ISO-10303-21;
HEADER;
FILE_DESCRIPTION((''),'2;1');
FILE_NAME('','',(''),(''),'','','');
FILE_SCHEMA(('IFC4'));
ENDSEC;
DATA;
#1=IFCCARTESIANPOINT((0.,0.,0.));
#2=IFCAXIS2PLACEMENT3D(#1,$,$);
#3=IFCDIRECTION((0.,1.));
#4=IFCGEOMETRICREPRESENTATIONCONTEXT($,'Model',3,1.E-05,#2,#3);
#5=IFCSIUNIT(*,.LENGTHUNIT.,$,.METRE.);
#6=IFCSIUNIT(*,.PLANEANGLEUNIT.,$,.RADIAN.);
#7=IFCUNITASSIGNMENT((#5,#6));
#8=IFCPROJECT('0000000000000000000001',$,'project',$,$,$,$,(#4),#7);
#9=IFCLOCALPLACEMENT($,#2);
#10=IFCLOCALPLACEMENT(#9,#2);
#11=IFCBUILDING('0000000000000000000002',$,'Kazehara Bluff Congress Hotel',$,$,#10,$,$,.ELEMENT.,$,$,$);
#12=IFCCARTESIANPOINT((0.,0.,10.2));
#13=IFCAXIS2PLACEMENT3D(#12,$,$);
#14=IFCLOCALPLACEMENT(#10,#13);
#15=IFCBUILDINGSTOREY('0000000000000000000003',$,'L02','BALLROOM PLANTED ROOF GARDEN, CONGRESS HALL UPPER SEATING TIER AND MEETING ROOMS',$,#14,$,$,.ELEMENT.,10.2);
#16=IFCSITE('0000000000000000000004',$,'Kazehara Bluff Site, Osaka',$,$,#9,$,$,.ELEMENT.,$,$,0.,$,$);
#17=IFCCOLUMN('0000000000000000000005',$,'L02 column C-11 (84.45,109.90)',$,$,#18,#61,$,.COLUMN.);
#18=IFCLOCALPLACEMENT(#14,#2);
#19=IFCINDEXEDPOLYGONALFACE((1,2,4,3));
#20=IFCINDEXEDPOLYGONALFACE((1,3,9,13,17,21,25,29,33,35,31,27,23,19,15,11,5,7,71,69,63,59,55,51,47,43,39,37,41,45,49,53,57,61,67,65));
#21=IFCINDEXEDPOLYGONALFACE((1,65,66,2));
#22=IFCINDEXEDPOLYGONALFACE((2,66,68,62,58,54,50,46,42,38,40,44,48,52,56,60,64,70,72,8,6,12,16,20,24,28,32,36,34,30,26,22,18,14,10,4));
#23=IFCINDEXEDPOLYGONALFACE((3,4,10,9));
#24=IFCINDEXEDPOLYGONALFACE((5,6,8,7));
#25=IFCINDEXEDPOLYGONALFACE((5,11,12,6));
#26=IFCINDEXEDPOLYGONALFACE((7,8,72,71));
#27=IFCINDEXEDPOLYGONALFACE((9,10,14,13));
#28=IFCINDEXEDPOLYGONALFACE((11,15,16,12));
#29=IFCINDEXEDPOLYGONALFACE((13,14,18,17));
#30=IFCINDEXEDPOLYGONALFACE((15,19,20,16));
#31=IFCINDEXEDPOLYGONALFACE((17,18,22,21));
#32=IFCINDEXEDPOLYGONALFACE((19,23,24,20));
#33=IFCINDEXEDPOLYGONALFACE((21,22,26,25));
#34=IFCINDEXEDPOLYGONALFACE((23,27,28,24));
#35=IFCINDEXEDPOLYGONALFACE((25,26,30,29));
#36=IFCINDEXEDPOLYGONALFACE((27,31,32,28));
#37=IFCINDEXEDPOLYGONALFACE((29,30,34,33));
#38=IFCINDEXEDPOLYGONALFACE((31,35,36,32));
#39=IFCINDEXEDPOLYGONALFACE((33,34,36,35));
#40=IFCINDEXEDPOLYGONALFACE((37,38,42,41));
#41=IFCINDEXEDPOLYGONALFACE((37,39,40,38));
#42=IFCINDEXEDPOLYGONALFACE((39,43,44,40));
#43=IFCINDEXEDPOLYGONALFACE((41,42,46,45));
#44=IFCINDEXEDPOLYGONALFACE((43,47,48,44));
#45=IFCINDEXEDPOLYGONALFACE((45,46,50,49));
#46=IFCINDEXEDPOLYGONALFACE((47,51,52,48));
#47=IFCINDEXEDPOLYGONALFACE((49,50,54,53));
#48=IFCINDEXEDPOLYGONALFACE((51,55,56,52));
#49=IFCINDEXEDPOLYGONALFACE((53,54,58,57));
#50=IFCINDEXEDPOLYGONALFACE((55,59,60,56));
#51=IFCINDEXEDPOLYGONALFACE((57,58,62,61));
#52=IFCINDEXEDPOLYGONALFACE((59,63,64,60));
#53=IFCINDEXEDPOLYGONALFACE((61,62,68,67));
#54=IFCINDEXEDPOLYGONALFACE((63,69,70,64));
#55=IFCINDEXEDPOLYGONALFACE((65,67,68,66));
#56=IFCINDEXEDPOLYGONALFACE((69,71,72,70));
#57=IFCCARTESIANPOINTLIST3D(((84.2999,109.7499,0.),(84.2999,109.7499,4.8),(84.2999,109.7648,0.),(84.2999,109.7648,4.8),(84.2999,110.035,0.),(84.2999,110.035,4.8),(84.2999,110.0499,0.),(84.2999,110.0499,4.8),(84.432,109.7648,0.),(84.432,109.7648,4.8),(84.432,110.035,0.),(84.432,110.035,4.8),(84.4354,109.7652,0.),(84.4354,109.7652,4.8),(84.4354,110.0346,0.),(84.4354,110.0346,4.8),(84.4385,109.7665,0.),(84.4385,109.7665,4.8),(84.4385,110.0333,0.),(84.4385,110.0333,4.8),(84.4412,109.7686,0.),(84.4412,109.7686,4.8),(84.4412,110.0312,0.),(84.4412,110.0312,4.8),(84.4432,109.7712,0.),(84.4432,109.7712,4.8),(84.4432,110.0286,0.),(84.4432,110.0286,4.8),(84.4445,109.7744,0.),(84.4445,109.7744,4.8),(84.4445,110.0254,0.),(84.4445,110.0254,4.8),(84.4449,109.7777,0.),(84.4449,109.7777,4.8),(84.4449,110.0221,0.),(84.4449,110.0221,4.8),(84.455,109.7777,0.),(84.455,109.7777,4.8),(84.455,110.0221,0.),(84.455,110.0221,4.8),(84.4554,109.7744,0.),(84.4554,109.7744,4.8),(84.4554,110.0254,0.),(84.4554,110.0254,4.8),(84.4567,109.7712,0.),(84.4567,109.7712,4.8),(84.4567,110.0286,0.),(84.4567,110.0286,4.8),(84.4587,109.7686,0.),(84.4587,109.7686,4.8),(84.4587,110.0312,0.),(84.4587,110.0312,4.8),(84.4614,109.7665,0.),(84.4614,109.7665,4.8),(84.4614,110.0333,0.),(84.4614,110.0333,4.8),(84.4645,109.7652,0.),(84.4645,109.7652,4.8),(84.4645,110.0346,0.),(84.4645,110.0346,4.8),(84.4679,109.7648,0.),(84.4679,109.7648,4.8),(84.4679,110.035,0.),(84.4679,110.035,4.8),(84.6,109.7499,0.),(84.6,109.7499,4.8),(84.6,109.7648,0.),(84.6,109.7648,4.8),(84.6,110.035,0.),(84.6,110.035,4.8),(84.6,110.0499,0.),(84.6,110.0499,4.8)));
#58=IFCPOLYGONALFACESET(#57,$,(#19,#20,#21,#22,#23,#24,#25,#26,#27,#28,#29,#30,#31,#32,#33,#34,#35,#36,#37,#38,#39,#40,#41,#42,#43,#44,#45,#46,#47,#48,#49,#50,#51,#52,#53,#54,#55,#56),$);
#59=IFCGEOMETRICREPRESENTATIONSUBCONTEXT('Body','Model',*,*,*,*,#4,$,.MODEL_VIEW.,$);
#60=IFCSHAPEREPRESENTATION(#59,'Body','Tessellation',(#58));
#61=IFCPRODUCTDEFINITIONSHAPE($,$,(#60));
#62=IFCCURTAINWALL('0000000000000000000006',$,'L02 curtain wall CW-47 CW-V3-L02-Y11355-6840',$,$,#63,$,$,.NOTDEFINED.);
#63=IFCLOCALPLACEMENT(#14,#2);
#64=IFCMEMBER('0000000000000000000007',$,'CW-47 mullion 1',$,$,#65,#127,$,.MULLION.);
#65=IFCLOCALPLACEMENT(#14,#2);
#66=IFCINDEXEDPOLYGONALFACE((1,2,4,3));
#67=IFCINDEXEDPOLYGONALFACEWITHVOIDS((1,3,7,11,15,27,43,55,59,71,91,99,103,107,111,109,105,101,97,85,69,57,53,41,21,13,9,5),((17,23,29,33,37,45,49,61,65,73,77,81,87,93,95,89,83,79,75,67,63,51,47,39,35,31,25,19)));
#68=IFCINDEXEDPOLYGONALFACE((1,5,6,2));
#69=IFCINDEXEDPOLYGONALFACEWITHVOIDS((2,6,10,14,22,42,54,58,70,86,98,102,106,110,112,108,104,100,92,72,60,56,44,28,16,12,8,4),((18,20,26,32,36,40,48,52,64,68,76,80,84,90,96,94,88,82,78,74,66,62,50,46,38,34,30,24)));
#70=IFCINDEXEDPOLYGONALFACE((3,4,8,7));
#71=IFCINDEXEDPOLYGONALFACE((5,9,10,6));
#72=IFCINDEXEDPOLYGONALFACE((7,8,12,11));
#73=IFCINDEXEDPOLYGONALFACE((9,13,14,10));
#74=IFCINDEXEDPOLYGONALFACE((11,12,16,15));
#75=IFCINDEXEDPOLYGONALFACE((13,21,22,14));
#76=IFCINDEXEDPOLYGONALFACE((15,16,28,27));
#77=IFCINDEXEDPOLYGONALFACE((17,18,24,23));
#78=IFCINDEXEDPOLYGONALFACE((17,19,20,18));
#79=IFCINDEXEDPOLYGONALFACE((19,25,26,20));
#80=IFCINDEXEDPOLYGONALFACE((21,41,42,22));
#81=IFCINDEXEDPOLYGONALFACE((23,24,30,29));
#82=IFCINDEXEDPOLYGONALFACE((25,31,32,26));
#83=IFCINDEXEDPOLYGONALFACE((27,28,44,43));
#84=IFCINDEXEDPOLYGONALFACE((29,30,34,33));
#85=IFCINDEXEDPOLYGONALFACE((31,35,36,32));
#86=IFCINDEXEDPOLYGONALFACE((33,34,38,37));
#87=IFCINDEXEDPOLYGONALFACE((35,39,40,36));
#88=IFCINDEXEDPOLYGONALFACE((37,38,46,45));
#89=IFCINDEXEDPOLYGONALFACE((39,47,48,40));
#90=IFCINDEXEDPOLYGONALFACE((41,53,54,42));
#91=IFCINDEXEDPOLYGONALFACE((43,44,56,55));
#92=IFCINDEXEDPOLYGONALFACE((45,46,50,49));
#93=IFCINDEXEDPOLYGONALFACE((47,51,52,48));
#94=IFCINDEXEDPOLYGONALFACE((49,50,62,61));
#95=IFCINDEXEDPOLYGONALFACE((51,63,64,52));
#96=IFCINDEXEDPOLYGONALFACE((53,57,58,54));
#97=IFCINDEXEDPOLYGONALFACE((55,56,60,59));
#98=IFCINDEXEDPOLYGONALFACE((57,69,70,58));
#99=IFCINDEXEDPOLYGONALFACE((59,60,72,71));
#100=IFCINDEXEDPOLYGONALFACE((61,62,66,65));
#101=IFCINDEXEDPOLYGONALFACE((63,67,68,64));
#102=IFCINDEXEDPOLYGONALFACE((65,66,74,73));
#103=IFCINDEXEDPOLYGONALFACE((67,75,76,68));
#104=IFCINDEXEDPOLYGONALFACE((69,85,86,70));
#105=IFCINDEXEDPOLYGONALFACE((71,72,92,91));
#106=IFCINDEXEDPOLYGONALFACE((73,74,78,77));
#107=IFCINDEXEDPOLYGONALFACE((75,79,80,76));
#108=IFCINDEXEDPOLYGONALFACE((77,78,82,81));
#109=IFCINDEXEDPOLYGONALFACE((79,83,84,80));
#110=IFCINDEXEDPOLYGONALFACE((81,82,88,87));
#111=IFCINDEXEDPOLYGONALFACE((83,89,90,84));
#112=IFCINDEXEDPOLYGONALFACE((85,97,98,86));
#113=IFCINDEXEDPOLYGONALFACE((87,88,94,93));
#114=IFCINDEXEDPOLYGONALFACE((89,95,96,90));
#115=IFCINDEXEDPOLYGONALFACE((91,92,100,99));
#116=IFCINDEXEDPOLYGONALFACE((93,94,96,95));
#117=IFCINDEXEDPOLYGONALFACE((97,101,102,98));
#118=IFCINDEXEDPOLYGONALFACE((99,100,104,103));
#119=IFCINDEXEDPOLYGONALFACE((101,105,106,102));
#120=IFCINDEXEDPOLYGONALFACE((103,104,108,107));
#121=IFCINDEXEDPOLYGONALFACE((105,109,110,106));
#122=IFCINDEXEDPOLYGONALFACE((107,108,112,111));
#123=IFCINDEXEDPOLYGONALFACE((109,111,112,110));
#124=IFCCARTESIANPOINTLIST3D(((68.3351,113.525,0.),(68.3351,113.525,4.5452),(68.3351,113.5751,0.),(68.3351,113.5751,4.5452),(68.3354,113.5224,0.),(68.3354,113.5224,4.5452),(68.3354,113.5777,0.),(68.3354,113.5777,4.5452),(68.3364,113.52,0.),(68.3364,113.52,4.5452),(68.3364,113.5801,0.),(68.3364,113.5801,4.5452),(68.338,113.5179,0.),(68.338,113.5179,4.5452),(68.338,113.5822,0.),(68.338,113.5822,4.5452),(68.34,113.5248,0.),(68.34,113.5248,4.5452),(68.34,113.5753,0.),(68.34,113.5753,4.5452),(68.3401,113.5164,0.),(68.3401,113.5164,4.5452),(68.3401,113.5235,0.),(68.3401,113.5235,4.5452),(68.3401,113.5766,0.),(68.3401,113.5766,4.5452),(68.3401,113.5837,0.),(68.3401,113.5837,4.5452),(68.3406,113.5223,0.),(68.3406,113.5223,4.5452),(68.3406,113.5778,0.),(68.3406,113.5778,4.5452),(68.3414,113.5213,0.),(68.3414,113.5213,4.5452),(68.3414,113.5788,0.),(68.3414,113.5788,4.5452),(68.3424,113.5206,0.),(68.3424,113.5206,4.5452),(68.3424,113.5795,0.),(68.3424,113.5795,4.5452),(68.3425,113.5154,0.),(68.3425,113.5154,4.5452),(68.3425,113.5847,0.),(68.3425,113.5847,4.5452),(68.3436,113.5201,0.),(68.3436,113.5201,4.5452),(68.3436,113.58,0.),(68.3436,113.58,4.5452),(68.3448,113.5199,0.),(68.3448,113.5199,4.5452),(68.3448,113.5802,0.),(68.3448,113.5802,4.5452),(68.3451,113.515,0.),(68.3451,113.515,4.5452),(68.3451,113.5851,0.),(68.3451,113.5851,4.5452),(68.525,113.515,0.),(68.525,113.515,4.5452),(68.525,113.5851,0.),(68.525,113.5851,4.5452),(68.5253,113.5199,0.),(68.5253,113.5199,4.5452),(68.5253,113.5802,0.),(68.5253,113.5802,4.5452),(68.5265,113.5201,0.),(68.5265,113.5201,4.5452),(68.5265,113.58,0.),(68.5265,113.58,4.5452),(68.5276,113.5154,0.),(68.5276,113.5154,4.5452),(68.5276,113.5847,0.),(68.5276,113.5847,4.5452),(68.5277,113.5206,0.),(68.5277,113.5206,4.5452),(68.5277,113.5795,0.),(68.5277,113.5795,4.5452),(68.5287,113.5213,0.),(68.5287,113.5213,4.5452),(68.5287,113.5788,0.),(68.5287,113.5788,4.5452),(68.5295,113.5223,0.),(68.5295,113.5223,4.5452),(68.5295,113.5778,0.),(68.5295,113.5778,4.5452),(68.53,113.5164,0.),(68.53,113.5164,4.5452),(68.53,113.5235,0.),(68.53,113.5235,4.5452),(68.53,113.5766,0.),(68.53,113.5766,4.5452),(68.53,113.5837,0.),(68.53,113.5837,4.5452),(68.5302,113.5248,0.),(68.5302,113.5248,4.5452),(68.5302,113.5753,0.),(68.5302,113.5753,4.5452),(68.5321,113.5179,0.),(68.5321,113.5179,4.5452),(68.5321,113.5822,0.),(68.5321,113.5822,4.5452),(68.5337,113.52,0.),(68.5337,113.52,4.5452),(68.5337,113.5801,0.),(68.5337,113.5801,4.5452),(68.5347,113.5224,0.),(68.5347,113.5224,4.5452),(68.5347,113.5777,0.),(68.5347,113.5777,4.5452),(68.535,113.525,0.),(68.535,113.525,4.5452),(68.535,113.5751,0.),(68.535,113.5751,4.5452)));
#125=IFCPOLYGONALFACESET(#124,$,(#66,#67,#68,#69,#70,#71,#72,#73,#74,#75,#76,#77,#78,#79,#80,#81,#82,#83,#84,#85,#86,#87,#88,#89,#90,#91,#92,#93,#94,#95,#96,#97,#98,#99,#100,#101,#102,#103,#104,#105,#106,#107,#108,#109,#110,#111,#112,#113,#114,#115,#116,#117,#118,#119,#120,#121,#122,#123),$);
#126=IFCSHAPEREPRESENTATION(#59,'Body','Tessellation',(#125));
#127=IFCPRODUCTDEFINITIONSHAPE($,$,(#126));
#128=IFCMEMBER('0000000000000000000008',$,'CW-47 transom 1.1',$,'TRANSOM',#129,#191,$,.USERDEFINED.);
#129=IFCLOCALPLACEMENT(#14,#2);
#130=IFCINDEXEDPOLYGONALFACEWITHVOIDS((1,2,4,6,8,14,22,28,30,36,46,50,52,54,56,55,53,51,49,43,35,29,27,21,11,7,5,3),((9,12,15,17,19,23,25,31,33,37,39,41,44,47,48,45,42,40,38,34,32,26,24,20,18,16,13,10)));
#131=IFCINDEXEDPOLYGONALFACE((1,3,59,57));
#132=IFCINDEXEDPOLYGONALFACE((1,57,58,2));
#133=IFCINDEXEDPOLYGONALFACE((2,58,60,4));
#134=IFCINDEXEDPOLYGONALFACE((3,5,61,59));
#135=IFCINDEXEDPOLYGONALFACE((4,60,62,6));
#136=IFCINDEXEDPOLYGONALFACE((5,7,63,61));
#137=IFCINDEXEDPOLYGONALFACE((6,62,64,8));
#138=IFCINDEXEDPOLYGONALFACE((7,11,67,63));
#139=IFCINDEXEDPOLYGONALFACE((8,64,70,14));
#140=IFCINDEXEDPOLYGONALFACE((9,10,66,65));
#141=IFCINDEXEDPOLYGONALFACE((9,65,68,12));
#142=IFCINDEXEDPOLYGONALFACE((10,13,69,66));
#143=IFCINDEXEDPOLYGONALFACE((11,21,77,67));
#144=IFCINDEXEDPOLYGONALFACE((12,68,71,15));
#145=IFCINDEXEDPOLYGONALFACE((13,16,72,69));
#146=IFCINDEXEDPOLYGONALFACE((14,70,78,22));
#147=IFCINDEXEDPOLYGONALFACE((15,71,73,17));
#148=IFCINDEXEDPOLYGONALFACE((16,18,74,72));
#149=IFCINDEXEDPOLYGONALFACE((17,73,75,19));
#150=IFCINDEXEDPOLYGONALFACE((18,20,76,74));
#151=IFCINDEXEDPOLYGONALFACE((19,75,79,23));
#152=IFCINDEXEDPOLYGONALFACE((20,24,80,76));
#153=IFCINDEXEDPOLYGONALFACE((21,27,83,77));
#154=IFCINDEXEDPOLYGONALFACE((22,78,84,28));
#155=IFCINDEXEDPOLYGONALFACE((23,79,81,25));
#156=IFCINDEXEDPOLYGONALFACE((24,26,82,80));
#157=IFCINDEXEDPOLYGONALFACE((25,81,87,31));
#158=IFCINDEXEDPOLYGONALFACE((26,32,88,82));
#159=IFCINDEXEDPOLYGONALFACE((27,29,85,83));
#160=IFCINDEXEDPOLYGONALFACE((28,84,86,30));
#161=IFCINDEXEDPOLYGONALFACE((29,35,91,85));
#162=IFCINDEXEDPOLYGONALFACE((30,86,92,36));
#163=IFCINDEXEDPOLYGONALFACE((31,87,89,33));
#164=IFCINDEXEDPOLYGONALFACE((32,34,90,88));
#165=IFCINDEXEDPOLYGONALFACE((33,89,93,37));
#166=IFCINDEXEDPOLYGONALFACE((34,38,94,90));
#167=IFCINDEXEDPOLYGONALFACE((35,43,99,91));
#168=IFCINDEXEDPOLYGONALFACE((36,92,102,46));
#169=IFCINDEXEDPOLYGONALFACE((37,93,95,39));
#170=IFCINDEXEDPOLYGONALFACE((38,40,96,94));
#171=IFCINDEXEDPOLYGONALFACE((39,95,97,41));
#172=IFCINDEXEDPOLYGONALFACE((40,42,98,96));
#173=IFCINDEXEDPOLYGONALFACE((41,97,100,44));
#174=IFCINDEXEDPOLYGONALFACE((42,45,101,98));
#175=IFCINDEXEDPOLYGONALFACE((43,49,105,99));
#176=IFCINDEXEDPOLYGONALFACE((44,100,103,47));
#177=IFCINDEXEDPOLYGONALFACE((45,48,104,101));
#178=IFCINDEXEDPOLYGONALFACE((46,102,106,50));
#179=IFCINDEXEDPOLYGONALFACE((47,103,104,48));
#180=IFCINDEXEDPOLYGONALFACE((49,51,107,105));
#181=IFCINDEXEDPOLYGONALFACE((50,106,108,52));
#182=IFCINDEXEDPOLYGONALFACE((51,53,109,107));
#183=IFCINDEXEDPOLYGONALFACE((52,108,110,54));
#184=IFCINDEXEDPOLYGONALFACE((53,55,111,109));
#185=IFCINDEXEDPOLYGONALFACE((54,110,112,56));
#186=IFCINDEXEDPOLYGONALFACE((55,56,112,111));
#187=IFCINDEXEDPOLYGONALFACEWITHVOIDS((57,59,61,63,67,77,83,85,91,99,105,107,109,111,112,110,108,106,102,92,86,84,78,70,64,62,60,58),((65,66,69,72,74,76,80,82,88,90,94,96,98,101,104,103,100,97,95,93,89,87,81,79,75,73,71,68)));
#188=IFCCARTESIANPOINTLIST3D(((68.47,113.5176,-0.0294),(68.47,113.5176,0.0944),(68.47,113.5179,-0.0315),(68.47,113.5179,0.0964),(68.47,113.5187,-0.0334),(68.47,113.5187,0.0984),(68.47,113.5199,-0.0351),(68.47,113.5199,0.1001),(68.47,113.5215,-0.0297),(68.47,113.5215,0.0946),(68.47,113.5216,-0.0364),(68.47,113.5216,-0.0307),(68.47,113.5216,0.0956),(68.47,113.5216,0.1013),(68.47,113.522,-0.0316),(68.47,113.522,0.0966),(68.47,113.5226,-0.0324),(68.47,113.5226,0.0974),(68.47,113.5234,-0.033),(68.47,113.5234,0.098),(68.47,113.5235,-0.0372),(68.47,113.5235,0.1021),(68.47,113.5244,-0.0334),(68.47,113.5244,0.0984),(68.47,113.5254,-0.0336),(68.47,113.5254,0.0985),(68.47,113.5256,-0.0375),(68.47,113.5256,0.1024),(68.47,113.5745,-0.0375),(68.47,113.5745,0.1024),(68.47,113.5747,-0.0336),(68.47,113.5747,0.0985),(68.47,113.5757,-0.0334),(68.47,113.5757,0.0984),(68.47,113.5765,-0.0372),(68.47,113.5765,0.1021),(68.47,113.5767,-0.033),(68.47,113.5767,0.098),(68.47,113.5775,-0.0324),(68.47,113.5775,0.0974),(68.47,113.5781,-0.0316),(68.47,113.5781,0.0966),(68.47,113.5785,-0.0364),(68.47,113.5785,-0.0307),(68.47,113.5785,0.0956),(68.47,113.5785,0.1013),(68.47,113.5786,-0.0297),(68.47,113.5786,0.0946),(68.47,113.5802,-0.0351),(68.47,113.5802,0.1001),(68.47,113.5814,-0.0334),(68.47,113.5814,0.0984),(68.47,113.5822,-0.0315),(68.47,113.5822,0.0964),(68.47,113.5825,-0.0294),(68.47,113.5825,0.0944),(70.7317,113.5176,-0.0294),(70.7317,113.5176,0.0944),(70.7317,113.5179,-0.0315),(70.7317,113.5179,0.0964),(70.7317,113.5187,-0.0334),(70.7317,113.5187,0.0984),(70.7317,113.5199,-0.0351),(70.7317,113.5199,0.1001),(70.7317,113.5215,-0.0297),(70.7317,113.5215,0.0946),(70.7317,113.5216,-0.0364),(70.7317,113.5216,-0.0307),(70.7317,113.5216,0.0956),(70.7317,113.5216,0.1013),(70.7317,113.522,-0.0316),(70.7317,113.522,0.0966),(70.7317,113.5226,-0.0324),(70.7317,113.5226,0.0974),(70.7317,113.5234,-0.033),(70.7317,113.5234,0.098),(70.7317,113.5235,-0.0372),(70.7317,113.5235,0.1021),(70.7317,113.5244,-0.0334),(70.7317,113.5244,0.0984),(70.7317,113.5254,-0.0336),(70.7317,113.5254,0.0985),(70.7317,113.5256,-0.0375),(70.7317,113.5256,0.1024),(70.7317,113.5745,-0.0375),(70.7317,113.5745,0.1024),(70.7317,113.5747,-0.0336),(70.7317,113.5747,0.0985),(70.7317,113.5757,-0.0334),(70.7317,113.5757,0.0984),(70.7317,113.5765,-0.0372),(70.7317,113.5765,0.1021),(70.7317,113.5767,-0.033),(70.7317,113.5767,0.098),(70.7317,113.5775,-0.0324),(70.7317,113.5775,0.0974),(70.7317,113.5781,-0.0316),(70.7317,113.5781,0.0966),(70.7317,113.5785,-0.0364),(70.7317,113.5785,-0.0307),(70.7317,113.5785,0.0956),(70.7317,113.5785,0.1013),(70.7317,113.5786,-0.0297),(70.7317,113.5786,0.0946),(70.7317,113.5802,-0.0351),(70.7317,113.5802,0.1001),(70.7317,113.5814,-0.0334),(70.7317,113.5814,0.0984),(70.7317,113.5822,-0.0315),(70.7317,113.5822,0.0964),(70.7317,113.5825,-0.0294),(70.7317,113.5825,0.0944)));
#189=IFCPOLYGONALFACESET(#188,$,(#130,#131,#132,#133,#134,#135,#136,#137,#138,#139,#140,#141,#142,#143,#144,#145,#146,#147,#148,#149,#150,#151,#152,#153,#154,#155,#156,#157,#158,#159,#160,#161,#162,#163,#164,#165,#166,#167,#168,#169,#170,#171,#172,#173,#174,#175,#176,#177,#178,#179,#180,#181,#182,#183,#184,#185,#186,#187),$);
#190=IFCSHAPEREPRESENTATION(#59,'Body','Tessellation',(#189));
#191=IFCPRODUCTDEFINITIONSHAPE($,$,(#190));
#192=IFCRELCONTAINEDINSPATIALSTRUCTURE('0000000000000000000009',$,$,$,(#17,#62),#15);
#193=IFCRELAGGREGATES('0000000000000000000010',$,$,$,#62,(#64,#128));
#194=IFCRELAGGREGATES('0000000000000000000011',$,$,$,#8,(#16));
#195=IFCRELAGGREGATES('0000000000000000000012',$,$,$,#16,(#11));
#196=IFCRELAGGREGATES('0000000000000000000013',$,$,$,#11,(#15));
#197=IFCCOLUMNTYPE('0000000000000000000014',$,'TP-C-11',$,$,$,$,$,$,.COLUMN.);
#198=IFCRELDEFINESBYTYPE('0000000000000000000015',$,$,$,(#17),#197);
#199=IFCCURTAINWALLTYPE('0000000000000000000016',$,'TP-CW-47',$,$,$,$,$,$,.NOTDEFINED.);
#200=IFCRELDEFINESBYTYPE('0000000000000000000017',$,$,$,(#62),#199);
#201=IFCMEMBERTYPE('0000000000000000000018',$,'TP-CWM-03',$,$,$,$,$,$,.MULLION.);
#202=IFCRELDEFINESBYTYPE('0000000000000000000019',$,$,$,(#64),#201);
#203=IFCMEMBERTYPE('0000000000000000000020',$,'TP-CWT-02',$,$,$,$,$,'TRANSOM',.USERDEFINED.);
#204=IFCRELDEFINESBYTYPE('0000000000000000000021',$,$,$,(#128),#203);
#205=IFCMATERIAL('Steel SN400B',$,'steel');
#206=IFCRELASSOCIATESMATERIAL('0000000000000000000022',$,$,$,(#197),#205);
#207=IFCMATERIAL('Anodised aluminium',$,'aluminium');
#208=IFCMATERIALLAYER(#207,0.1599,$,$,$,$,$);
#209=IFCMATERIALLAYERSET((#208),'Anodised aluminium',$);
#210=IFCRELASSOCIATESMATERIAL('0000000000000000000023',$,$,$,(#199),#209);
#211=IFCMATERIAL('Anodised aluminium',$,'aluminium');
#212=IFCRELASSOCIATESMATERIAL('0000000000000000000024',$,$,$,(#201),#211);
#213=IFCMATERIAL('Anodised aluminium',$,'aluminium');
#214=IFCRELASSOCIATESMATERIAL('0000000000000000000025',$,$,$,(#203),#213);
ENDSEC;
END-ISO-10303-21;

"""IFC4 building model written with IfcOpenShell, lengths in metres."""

from ifc_helpers import new_model, si_unit, direction, frame, origin, origin_2d, place, context, subcontext, project, spatial, hollow_rectangle, i_section, extrude, material, layer, layer_set, material_profile, profile_set, type_object, element, aggregate, save


model = new_model("IFC4")

# Units and contexts
model_context = context("Model", 3, precision=1e-05, world=origin(), true_north=direction((0.0, 1.0)))
body_context = subcontext(model_context, "Body", "Model", "MODEL_VIEW")
ifc_project = project(units=[si_unit("LENGTHUNIT", "METRE"), si_unit("PLANEANGLEUNIT", "RADIAN")], contexts=[model_context])

# Site, building, storey
site_placement = place(None, origin())
site = spatial("IfcSite", under=ifc_project, at=site_placement, Name="Kazehara Bluff Site, Osaka", CompositionType="ELEMENT", RefElevation=0.0)
building_placement = place(site_placement, origin())
building = spatial("IfcBuilding", under=site, at=building_placement, Name="Kazehara Bluff Congress Hotel", CompositionType="ELEMENT")
storey_placement = place(building_placement, frame((0.0, 0.0, 10.2)))
storey = spatial("IfcBuildingStorey", under=building, at=storey_placement, Name="L02", Description="BALLROOM PLANTED ROOF GARDEN, CONGRESS HALL UPPER SEATING TIER AND MEETING ROOMS", CompositionType="ELEMENT", Elevation=10.2)

# Column
ifc_material_1 = material(Name="Steel SN400B", Category="steel")
ifc_material_profile_1 = material_profile(ifc_material_1, i_section(OverallWidth=0.3, OverallDepth=0.3, WebThickness=0.01, FlangeThickness=0.0149, FilletRadius=0.0129, at=origin_2d()))
ifc_profile_set_1 = profile_set([ifc_material_profile_1], Name="Steel SN400B")
column_type = type_object("IfcColumnType", Name="TP-C-11", PredefinedType="COLUMN", material=ifc_profile_set_1)
for number, where, z_axis, x_axis, name in (
    (1, (84.45, 109.8999, 0.0), (0.0, 0.0, 1.0), (1.0, 0.0, 0.0), "L02 column C-11 (84.45,109.90)"),
):
    element("IfcColumn", number, at=place(storey_placement, frame(where, z_axis=z_axis, x_axis=x_axis)), inside=storey, type_object=column_type, Name=name, PredefinedType="COLUMN", context=body_context, shape_type="SweptSolid", body=[
        extrude(i_section(OverallWidth=0.3, OverallDepth=0.3, WebThickness=0.01, FlangeThickness=0.0149, FilletRadius=0.0129, at=origin_2d()), origin(), (0.0, 0.0, 1.0), 4.8),
    ])

# Curtain wall, members
ifc_material_2 = material(Name="Anodised aluminium", Category="aluminium")
ifc_layer_1 = layer(ifc_material_2, 0.1599)
ifc_layer_set_1 = layer_set([ifc_layer_1], Name="Anodised aluminium")
curtain_wall_type = type_object("IfcCurtainWallType", Name="TP-CW-47", PredefinedType="NOTDEFINED", material=ifc_layer_set_1)
curtain_wall_placement = place(storey_placement, origin())
curtain_wall = element("IfcCurtainWall", 2, at=curtain_wall_placement, inside=storey, type_object=curtain_wall_type, Name="L02 curtain wall CW-47 CW-V3-L02-Y11355-6840", PredefinedType="NOTDEFINED")
ifc_material_3 = material(Name="Anodised aluminium", Category="aluminium")
ifc_material_profile_2 = material_profile(ifc_material_3, hollow_rectangle(XDim=0.0701, YDim=0.2, WallThickness=0.0049, InnerFilletRadius=0.0049, OuterFilletRadius=0.01, at=origin_2d()))
ifc_profile_set_2 = profile_set([ifc_material_profile_2], Name="Anodised aluminium")
member_type_1 = type_object("IfcMemberType", Name="TP-CWM-03", PredefinedType="MULLION", material=ifc_profile_set_2)
member_1_placement = place(storey_placement, frame((68.4351, 113.55, 0.0), z_axis=(0.0, 0.0, 1.0), x_axis=(0.0, 1.0, 0.0)))
member_1 = element("IfcMember", 3, at=member_1_placement, type_object=member_type_1, Name="CW-47 mullion 1", PredefinedType="MULLION", context=body_context, shape_type="SweptSolid", body=[
    extrude(hollow_rectangle(XDim=0.0701, YDim=0.2, WallThickness=0.0049, InnerFilletRadius=0.0049, OuterFilletRadius=0.01, at=origin_2d()), origin(), (0.0, 0.0, 1.0), 4.5452),
])
ifc_material_4 = material(Name="Anodised aluminium", Category="aluminium")
ifc_material_profile_3 = material_profile(ifc_material_4, hollow_rectangle(XDim=0.0649, YDim=0.1399, WallThickness=0.0039, InnerFilletRadius=0.0039, OuterFilletRadius=0.0081, at=origin_2d()))
ifc_profile_set_3 = profile_set([ifc_material_profile_3], Name="Anodised aluminium")
member_type_2 = type_object("IfcMemberType", Name="TP-CWT-02", ElementType="TRANSOM", PredefinedType="USERDEFINED", material=ifc_profile_set_3)
member_2_placement = place(storey_placement, frame((68.47, 113.55, 0.0325), z_axis=(1.0, 0.0, 0.0), x_axis=(0.0, 1.0, 0.0)))
member_2 = element("IfcMember", 4, at=member_2_placement, type_object=member_type_2, Name="CW-47 transom 1.1", ObjectType="TRANSOM", PredefinedType="USERDEFINED", context=body_context, shape_type="SweptSolid", body=[
    extrude(hollow_rectangle(XDim=0.0649, YDim=0.1399, WallThickness=0.0039, InnerFilletRadius=0.0039, OuterFilletRadius=0.0081, at=origin_2d()), origin(), (0.0, 0.0, 1.0), 2.2617),
])
aggregate(curtain_wall, [member_1, member_2])

save(model, "model.ifc")
